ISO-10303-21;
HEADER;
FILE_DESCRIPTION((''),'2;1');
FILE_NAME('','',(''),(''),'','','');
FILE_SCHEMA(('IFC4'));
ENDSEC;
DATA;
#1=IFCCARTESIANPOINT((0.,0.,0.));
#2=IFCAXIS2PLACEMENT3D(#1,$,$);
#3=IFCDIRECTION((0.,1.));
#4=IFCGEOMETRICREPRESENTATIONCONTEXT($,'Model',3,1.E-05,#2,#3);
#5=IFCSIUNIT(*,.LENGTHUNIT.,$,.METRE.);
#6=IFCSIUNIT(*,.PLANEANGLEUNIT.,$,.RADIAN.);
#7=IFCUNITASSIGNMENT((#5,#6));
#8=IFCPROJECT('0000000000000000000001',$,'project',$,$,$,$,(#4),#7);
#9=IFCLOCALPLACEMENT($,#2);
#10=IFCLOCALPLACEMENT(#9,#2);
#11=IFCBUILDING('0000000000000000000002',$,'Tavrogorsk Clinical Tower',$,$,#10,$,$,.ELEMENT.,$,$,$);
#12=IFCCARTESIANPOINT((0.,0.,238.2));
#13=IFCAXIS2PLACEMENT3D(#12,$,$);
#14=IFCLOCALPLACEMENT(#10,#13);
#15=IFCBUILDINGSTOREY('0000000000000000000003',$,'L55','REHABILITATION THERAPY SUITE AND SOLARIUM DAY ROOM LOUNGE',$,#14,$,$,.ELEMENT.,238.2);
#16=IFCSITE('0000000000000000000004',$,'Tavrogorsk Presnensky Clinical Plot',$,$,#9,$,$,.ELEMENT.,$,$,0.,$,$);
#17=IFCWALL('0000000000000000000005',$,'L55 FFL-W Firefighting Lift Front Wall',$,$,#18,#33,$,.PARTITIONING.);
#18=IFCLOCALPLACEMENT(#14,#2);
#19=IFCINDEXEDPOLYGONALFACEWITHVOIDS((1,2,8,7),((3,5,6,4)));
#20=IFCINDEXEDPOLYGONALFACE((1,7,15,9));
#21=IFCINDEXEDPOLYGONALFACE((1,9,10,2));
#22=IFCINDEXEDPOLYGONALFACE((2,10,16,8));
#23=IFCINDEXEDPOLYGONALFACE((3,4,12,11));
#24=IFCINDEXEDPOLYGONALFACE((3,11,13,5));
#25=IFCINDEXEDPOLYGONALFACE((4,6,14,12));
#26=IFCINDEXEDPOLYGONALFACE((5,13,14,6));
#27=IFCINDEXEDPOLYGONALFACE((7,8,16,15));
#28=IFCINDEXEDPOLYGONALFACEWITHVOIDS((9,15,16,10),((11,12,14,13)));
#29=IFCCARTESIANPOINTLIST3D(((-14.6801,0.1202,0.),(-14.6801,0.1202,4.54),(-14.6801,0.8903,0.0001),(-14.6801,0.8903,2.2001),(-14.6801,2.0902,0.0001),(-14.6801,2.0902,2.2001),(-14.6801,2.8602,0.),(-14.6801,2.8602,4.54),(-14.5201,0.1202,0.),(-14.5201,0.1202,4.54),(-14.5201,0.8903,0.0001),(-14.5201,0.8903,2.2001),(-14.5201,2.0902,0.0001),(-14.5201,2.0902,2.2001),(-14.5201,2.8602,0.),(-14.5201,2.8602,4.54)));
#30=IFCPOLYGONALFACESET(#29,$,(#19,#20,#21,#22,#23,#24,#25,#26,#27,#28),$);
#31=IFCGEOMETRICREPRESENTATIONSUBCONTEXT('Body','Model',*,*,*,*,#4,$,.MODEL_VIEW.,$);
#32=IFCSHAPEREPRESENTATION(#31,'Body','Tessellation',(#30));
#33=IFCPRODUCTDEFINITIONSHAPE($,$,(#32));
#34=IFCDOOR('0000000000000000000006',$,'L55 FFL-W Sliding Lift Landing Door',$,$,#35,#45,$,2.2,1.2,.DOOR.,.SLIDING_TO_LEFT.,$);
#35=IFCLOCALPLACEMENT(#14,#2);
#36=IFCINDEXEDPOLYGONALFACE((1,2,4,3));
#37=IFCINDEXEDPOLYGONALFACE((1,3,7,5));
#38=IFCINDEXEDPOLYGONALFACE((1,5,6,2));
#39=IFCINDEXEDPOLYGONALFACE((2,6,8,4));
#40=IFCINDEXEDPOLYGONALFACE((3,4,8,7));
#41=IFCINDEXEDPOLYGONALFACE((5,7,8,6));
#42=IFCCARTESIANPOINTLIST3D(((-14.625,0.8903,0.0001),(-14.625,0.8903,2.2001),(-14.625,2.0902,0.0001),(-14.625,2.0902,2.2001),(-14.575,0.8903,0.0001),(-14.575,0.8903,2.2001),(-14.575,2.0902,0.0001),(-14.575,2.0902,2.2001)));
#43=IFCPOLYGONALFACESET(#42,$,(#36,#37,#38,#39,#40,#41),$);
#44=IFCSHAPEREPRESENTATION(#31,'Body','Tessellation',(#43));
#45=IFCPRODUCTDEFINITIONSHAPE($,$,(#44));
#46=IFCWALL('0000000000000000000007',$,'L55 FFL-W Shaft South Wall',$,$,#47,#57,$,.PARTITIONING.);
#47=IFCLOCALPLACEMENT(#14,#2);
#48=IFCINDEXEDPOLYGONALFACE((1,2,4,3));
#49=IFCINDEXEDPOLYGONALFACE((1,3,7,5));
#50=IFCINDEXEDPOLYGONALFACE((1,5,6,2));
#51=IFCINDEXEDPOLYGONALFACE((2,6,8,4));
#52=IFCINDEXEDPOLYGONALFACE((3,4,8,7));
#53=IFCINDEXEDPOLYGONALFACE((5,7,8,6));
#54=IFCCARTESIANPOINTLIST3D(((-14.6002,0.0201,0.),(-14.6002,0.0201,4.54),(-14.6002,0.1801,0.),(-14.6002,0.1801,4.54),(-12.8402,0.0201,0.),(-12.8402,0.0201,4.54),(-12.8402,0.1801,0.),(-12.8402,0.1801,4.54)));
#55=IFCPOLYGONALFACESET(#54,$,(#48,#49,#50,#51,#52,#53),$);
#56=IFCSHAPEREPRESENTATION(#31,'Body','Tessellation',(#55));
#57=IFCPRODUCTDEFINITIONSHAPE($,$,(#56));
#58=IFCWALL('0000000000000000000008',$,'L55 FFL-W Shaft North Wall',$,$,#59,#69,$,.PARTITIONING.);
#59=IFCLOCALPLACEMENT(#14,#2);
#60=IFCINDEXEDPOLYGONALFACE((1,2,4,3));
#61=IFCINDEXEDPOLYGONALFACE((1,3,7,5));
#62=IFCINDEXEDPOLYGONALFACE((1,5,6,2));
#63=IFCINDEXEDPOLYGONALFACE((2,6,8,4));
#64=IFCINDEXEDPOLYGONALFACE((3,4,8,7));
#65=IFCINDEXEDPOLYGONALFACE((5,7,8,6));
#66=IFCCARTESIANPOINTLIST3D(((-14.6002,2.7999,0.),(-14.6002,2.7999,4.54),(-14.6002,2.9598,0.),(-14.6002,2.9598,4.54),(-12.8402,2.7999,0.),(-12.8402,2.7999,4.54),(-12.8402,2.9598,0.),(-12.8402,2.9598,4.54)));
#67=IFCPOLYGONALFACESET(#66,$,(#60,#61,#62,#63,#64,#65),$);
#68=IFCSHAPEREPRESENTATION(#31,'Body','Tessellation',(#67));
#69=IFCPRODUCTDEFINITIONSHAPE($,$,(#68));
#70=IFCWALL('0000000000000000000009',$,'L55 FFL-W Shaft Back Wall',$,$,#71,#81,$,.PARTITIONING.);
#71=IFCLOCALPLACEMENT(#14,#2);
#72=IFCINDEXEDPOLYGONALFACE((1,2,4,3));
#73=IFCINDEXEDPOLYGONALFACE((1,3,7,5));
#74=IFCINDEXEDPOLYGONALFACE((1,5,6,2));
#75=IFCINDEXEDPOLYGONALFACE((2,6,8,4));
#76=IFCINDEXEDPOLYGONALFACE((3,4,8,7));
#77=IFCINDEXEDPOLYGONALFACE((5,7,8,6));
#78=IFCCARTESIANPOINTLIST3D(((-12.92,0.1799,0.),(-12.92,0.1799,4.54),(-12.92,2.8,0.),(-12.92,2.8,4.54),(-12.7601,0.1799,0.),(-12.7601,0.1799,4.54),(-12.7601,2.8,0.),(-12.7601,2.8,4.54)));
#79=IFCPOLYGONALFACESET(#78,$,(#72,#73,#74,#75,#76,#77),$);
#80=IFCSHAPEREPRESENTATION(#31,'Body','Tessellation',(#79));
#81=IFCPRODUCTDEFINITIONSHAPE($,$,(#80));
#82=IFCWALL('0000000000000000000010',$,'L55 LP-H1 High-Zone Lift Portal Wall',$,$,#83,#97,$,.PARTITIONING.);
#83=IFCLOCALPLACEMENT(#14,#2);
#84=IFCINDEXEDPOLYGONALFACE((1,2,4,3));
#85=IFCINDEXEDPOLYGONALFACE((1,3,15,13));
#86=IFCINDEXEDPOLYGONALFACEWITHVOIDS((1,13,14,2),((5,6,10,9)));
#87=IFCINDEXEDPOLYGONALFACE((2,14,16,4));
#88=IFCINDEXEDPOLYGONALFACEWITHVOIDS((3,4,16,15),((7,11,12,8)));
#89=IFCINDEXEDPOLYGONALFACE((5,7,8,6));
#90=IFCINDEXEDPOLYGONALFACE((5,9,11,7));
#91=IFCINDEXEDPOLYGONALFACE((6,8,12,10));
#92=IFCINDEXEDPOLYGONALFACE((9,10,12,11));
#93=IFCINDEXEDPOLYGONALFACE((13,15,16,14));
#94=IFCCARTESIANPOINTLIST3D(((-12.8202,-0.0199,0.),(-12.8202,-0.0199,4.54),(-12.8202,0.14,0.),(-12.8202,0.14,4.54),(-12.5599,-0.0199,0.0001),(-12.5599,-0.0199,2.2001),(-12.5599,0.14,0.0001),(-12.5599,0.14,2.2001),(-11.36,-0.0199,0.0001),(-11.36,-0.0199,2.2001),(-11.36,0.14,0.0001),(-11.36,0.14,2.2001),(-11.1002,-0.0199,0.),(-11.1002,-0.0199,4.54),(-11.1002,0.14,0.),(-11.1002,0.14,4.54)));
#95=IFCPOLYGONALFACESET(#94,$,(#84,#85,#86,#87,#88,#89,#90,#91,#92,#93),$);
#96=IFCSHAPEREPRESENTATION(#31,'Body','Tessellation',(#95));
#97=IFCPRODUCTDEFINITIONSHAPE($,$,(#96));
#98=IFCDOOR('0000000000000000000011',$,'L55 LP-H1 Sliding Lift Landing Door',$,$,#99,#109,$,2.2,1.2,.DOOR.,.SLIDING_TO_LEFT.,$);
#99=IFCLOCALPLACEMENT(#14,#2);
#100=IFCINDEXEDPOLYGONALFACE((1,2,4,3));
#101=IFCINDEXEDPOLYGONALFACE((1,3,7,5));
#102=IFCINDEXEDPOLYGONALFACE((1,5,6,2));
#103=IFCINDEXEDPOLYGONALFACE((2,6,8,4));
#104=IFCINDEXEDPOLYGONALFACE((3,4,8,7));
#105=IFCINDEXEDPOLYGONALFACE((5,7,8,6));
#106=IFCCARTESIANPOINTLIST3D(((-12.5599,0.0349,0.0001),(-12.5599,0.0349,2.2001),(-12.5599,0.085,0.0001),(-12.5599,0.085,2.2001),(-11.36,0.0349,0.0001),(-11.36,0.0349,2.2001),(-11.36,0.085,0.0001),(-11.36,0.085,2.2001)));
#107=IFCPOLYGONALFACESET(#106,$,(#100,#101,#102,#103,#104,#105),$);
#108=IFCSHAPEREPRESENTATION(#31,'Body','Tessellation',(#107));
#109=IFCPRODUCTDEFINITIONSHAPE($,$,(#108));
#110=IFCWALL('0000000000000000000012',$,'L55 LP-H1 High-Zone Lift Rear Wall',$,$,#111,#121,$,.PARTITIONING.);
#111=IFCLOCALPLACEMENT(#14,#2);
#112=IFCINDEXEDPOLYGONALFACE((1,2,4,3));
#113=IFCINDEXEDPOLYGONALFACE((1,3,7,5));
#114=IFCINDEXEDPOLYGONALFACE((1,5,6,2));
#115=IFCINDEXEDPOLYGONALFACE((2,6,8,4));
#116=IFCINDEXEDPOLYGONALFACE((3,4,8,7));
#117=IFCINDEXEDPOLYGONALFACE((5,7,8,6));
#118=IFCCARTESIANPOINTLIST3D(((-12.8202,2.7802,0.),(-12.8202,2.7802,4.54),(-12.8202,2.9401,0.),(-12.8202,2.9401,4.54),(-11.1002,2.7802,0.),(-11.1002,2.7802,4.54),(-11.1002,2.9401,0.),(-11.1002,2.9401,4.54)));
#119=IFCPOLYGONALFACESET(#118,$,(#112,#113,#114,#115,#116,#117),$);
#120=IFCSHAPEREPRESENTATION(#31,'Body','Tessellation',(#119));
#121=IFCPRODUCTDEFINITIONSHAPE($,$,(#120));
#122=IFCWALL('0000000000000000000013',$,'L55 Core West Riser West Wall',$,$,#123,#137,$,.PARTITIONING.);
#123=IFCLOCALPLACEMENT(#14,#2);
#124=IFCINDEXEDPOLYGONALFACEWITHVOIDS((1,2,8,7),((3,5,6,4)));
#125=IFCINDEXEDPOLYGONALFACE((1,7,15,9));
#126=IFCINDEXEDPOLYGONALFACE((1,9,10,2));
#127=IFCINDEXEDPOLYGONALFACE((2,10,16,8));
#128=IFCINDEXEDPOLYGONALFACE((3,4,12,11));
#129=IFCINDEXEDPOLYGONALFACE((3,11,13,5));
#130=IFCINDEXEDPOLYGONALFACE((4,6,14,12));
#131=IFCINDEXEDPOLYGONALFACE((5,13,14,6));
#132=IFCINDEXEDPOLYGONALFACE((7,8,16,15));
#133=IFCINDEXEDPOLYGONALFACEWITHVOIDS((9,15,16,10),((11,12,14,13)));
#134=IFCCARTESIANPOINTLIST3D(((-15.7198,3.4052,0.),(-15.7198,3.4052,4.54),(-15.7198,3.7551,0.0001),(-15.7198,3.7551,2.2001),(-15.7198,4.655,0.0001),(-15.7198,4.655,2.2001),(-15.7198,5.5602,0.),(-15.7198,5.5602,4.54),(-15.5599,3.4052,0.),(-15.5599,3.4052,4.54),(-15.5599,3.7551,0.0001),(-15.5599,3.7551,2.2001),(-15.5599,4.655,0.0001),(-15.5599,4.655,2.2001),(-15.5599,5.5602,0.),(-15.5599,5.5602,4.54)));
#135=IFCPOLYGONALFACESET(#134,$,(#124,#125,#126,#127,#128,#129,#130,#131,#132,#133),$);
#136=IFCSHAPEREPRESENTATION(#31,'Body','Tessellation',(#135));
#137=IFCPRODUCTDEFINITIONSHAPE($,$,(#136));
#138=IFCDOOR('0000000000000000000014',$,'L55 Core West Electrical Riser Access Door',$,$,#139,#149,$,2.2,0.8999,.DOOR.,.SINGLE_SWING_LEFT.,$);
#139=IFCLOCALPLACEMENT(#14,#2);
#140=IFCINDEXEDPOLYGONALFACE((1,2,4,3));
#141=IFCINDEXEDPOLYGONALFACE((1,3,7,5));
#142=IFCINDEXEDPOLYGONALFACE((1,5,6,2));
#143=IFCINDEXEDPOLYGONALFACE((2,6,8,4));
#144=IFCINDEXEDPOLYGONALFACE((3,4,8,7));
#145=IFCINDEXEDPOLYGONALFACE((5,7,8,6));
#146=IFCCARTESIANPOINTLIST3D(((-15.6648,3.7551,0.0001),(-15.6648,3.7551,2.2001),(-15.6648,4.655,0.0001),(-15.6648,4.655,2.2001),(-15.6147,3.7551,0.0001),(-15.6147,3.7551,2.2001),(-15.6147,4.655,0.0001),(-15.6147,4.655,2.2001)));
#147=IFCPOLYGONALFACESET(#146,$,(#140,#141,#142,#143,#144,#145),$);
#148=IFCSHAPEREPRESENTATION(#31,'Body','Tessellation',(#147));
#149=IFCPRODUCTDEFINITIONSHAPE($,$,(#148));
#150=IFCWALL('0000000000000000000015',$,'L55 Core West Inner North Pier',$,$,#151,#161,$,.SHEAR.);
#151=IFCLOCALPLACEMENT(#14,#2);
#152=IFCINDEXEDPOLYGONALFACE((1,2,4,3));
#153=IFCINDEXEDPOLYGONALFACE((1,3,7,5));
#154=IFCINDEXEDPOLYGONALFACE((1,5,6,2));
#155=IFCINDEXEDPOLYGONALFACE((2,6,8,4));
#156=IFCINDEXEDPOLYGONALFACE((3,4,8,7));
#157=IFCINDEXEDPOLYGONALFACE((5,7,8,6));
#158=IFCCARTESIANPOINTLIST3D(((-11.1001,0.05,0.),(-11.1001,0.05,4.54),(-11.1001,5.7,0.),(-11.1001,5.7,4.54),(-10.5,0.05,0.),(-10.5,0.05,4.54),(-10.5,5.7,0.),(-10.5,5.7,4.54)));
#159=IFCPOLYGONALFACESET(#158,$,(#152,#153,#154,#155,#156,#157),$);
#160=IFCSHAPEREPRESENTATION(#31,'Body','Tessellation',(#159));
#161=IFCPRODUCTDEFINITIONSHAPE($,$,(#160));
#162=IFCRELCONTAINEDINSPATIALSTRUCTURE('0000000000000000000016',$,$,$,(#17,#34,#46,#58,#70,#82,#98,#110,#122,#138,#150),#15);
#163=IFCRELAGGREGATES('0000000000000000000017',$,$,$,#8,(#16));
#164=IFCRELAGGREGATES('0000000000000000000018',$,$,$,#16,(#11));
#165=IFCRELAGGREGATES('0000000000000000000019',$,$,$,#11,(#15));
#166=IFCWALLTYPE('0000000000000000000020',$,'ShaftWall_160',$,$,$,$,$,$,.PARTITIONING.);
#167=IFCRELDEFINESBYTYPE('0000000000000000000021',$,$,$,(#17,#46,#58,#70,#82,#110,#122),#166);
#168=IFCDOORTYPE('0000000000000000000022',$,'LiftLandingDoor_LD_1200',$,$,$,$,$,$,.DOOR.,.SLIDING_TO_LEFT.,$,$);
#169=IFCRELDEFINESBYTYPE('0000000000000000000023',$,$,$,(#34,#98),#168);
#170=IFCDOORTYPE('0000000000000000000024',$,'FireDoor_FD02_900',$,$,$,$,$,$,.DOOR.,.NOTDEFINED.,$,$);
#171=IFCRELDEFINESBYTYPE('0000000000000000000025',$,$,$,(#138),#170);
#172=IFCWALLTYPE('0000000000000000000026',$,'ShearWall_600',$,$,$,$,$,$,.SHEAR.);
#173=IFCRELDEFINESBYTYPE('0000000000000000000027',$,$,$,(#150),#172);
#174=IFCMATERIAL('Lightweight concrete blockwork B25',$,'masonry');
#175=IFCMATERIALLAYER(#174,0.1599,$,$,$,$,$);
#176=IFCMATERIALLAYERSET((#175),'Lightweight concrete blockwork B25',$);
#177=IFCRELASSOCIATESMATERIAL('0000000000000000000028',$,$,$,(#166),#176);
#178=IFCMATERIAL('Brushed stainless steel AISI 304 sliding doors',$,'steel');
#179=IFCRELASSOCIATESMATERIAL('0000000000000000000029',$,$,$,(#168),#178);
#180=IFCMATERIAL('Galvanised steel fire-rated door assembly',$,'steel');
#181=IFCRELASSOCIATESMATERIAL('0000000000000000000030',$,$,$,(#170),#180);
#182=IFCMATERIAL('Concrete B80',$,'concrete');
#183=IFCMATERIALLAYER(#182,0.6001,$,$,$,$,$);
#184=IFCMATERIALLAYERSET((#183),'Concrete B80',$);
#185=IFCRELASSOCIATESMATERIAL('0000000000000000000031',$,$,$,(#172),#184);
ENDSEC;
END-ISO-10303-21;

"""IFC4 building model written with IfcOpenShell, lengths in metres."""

from ifc_helpers import new_model, si_unit, direction, frame, frame_2d, origin, place, context, subcontext, project, spatial, rectangle, extrude, material, layer, layer_set, type_object, element, fill, save


model = new_model("IFC4")

# Units and contexts
model_context = context("Model", 3, precision=1e-05, world=origin(), true_north=direction((0.0, 1.0)))
body_context = subcontext(model_context, "Body", "Model", "MODEL_VIEW")
ifc_project = project(units=[si_unit("LENGTHUNIT", "METRE"), si_unit("PLANEANGLEUNIT", "RADIAN")], contexts=[model_context])

# Site, building, storey
site_placement = place(None, origin())
site = spatial("IfcSite", under=ifc_project, at=site_placement, Name="Tavrogorsk Presnensky Clinical Plot", CompositionType="ELEMENT", RefElevation=0.0)
building_placement = place(site_placement, origin())
building = spatial("IfcBuilding", under=site, at=building_placement, Name="Tavrogorsk Clinical Tower", CompositionType="ELEMENT")
storey_placement = place(building_placement, frame((0.0, 0.0, 238.2)))
storey = spatial("IfcBuildingStorey", under=building, at=storey_placement, Name="L55", Description="REHABILITATION THERAPY SUITE AND SOLARIUM DAY ROOM LOUNGE", CompositionType="ELEMENT", Elevation=238.2)

# Wall, opening, door
ifc_material_1 = material(Name="Lightweight concrete blockwork B25", Category="masonry")
ifc_layer_1 = layer(ifc_material_1, 0.1599)
ifc_layer_set_1 = layer_set([ifc_layer_1], Name="Lightweight concrete blockwork B25")
wall_type_1 = type_object("IfcWallType", Name="ShaftWall_160", PredefinedType="PARTITIONING", material=ifc_layer_set_1)
wall_1_placement = place(storey_placement, frame((-14.6001, 0.1201, 0.0), z_axis=(0.0, 0.0, 1.0), x_axis=(0.0, 1.0, 0.0)))
wall_1 = element("IfcWall", 1, at=wall_1_placement, inside=storey, type_object=wall_type_1, Name="L55 FFL-W Firefighting Lift Front Wall", PredefinedType="PARTITIONING", context=body_context, shape_type="SweptSolid", body=[
    extrude(rectangle(XDim=2.74, YDim=0.1599, at=frame_2d((1.3701, 0.0))), origin(), (0.0, 0.0, 1.0), 4.54),
])
opening_1_placement = place(wall_1_placement, frame((0.77, 0.0, 0.0)))
opening_1 = element("IfcOpeningElement", 2, at=opening_1_placement, cuts=wall_1, PredefinedType="OPENING", context=body_context, shape_type="SweptSolid", body=[
    extrude(rectangle(XDim=1.2, YDim=2.2, at=frame_2d((0.6001, 1.1001))), frame((0.0, 0.0898, 0.0), z_axis=(0.0, -1.0, 0.0), x_axis=(1.0, 0.0, 0.0)), (0.0, 0.0, 1.0), 0.1799),
])
ifc_material_2 = material(Name="Brushed stainless steel AISI 304 sliding doors", Category="steel")
door_type_1 = type_object("IfcDoorType", Name="LiftLandingDoor_LD_1200", OperationType="SLIDING_TO_LEFT", PredefinedType="DOOR", material=ifc_material_2)
door_1_placement = place(opening_1_placement, origin())
door_1 = element("IfcDoor", 3, at=door_1_placement, inside=storey, type_object=door_type_1, Name="L55 FFL-W Sliding Lift Landing Door", OperationType="SLIDING_TO_LEFT", OverallHeight=2.2, OverallWidth=1.2, PredefinedType="DOOR", context=body_context, shape_type="SweptSolid", body=[
    extrude(rectangle(XDim=1.2, YDim=2.2, at=frame_2d((0.6001, 1.1001))), frame((0.0, 0.0249, 0.0), z_axis=(0.0, -1.0, 0.0), x_axis=(1.0, 0.0, 0.0)), (0.0, 0.0, 1.0), 0.05),
])
fill(opening_1, door_1)

# Walls
for number, where, z_axis, x_axis, name in (
    (4, (-14.6001, 0.1001, 0.0), (0.0, 0.0, 1.0), (1.0, 0.0, 0.0), "L55 FFL-W Shaft South Wall"),
    (5, (-14.6001, 2.8799, 0.0), (0.0, 0.0, 1.0), (1.0, 0.0, 0.0), "L55 FFL-W Shaft North Wall"),
):
    element("IfcWall", number, at=place(storey_placement, frame(where, z_axis=z_axis, x_axis=x_axis)), inside=storey, type_object=wall_type_1, Name=name, PredefinedType="PARTITIONING", context=body_context, shape_type="SweptSolid", body=[
        extrude(rectangle(XDim=1.76, YDim=0.1599, at=frame_2d((0.8799, 0.0))), origin(), (0.0, 0.0, 1.0), 4.54),
    ])
wall_2_placement = place(storey_placement, frame((-12.8401, 0.1799, 0.0), z_axis=(0.0, 0.0, 1.0), x_axis=(0.0, 1.0, 0.0)))
element("IfcWall", 6, at=wall_2_placement, inside=storey, type_object=wall_type_1, Name="L55 FFL-W Shaft Back Wall", PredefinedType="PARTITIONING", context=body_context, shape_type="SweptSolid", body=[
    extrude(rectangle(XDim=2.6201, YDim=0.1599, at=frame_2d((1.3101, 0.0))), origin(), (0.0, 0.0, 1.0), 4.54),
])

# Wall, opening, door
wall_3_placement = place(storey_placement, frame((-12.8201, 0.0601, 0.0), z_axis=(0.0, 0.0, 1.0), x_axis=(1.0, 0.0, 0.0)))
wall_3 = element("IfcWall", 7, at=wall_3_placement, inside=storey, type_object=wall_type_1, Name="L55 LP-H1 High-Zone Lift Portal Wall", PredefinedType="PARTITIONING", context=body_context, shape_type="SweptSolid", body=[
    extrude(rectangle(XDim=1.72, YDim=0.1599, at=frame_2d((0.8599, 0.0))), origin(), (0.0, 0.0, 1.0), 4.54),
])
opening_2_placement = place(wall_3_placement, frame((0.26, 0.0, 0.0)))
opening_2 = element("IfcOpeningElement", 8, at=opening_2_placement, cuts=wall_3, PredefinedType="OPENING", context=body_context, shape_type="SweptSolid", body=[
    extrude(rectangle(XDim=1.2, YDim=2.2, at=frame_2d((0.6001, 1.1001))), frame((0.0, 0.0898, 0.0), z_axis=(0.0, -1.0, 0.0), x_axis=(1.0, 0.0, 0.0)), (0.0, 0.0, 1.0), 0.1799),
])
door_2_placement = place(opening_2_placement, origin())
door_2 = element("IfcDoor", 9, at=door_2_placement, inside=storey, type_object=door_type_1, Name="L55 LP-H1 Sliding Lift Landing Door", OperationType="SLIDING_TO_LEFT", OverallHeight=2.2, OverallWidth=1.2, PredefinedType="DOOR", context=body_context, shape_type="SweptSolid", body=[
    extrude(rectangle(XDim=1.2, YDim=2.2, at=frame_2d((0.6001, 1.1001))), frame((0.0, 0.0249, 0.0), z_axis=(0.0, -1.0, 0.0), x_axis=(1.0, 0.0, 0.0)), (0.0, 0.0, 1.0), 0.05),
])
fill(opening_2, door_2)

# Wall
wall_4_placement = place(storey_placement, frame((-12.8201, 2.8601, 0.0), z_axis=(0.0, 0.0, 1.0), x_axis=(1.0, 0.0, 0.0)))
element("IfcWall", 10, at=wall_4_placement, inside=storey, type_object=wall_type_1, Name="L55 LP-H1 High-Zone Lift Rear Wall", PredefinedType="PARTITIONING", context=body_context, shape_type="SweptSolid", body=[
    extrude(rectangle(XDim=1.72, YDim=0.1599, at=frame_2d((0.8599, 0.0))), origin(), (0.0, 0.0, 1.0), 4.54),
])

# Wall, opening, door
wall_5_placement = place(storey_placement, frame((-15.6399, 3.405, 0.0), z_axis=(0.0, 0.0, 1.0), x_axis=(0.0, 1.0, 0.0)))
wall_5 = element("IfcWall", 11, at=wall_5_placement, inside=storey, type_object=wall_type_1, Name="L55 Core West Riser West Wall", PredefinedType="PARTITIONING", context=body_context, shape_type="SweptSolid", body=[
    extrude(rectangle(XDim=2.155, YDim=0.1599, at=frame_2d((1.0776, 0.0))), origin(), (0.0, 0.0, 1.0), 4.54),
])
opening_3_placement = place(wall_5_placement, frame((0.3501, 0.0, 0.0)))
opening_3 = element("IfcOpeningElement", 12, at=opening_3_placement, cuts=wall_5, PredefinedType="OPENING", context=body_context, shape_type="SweptSolid", body=[
    extrude(rectangle(XDim=0.8999, YDim=2.2, at=frame_2d((0.45, 1.1001))), frame((0.0, 0.0898, 0.0), z_axis=(0.0, -1.0, 0.0), x_axis=(1.0, 0.0, 0.0)), (0.0, 0.0, 1.0), 0.1799),
])
ifc_material_3 = material(Name="Galvanised steel fire-rated door assembly", Category="steel")
door_type_2 = type_object("IfcDoorType", Name="FireDoor_FD02_900", OperationType="NOTDEFINED", PredefinedType="DOOR", material=ifc_material_3)
door_3_placement = place(opening_3_placement, origin())
door_3 = element("IfcDoor", 13, at=door_3_placement, inside=storey, type_object=door_type_2, Name="L55 Core West Electrical Riser Access Door", OperationType="SINGLE_SWING_LEFT", OverallHeight=2.2, OverallWidth=0.8999, PredefinedType="DOOR", context=body_context, shape_type="SweptSolid", body=[
    extrude(rectangle(XDim=0.8999, YDim=2.2, at=frame_2d((0.45, 1.1001))), frame((0.0, 0.0249, 0.0), z_axis=(0.0, -1.0, 0.0), x_axis=(1.0, 0.0, 0.0)), (0.0, 0.0, 1.0), 0.05),
])
fill(opening_3, door_3)

# Wall
ifc_material_4 = material(Name="Concrete B80", Category="concrete")
ifc_layer_2 = layer(ifc_material_4, 0.6001)
ifc_layer_set_2 = layer_set([ifc_layer_2], Name="Concrete B80")
wall_type_2 = type_object("IfcWallType", Name="ShearWall_600", PredefinedType="SHEAR", material=ifc_layer_set_2)
wall_6_placement = place(storey_placement, frame((-10.8, 0.05, 0.0), z_axis=(0.0, 0.0, 1.0), x_axis=(0.0, 1.0, 0.0)))
element("IfcWall", 14, at=wall_6_placement, inside=storey, type_object=wall_type_2, Name="L55 Core West Inner North Pier", PredefinedType="SHEAR", context=body_context, shape_type="SweptSolid", body=[
    extrude(rectangle(XDim=5.6499, YDim=0.6001, at=frame_2d((2.825, 0.0))), origin(), (0.0, 0.0, 1.0), 4.54),
])

save(model, "model.ifc")
